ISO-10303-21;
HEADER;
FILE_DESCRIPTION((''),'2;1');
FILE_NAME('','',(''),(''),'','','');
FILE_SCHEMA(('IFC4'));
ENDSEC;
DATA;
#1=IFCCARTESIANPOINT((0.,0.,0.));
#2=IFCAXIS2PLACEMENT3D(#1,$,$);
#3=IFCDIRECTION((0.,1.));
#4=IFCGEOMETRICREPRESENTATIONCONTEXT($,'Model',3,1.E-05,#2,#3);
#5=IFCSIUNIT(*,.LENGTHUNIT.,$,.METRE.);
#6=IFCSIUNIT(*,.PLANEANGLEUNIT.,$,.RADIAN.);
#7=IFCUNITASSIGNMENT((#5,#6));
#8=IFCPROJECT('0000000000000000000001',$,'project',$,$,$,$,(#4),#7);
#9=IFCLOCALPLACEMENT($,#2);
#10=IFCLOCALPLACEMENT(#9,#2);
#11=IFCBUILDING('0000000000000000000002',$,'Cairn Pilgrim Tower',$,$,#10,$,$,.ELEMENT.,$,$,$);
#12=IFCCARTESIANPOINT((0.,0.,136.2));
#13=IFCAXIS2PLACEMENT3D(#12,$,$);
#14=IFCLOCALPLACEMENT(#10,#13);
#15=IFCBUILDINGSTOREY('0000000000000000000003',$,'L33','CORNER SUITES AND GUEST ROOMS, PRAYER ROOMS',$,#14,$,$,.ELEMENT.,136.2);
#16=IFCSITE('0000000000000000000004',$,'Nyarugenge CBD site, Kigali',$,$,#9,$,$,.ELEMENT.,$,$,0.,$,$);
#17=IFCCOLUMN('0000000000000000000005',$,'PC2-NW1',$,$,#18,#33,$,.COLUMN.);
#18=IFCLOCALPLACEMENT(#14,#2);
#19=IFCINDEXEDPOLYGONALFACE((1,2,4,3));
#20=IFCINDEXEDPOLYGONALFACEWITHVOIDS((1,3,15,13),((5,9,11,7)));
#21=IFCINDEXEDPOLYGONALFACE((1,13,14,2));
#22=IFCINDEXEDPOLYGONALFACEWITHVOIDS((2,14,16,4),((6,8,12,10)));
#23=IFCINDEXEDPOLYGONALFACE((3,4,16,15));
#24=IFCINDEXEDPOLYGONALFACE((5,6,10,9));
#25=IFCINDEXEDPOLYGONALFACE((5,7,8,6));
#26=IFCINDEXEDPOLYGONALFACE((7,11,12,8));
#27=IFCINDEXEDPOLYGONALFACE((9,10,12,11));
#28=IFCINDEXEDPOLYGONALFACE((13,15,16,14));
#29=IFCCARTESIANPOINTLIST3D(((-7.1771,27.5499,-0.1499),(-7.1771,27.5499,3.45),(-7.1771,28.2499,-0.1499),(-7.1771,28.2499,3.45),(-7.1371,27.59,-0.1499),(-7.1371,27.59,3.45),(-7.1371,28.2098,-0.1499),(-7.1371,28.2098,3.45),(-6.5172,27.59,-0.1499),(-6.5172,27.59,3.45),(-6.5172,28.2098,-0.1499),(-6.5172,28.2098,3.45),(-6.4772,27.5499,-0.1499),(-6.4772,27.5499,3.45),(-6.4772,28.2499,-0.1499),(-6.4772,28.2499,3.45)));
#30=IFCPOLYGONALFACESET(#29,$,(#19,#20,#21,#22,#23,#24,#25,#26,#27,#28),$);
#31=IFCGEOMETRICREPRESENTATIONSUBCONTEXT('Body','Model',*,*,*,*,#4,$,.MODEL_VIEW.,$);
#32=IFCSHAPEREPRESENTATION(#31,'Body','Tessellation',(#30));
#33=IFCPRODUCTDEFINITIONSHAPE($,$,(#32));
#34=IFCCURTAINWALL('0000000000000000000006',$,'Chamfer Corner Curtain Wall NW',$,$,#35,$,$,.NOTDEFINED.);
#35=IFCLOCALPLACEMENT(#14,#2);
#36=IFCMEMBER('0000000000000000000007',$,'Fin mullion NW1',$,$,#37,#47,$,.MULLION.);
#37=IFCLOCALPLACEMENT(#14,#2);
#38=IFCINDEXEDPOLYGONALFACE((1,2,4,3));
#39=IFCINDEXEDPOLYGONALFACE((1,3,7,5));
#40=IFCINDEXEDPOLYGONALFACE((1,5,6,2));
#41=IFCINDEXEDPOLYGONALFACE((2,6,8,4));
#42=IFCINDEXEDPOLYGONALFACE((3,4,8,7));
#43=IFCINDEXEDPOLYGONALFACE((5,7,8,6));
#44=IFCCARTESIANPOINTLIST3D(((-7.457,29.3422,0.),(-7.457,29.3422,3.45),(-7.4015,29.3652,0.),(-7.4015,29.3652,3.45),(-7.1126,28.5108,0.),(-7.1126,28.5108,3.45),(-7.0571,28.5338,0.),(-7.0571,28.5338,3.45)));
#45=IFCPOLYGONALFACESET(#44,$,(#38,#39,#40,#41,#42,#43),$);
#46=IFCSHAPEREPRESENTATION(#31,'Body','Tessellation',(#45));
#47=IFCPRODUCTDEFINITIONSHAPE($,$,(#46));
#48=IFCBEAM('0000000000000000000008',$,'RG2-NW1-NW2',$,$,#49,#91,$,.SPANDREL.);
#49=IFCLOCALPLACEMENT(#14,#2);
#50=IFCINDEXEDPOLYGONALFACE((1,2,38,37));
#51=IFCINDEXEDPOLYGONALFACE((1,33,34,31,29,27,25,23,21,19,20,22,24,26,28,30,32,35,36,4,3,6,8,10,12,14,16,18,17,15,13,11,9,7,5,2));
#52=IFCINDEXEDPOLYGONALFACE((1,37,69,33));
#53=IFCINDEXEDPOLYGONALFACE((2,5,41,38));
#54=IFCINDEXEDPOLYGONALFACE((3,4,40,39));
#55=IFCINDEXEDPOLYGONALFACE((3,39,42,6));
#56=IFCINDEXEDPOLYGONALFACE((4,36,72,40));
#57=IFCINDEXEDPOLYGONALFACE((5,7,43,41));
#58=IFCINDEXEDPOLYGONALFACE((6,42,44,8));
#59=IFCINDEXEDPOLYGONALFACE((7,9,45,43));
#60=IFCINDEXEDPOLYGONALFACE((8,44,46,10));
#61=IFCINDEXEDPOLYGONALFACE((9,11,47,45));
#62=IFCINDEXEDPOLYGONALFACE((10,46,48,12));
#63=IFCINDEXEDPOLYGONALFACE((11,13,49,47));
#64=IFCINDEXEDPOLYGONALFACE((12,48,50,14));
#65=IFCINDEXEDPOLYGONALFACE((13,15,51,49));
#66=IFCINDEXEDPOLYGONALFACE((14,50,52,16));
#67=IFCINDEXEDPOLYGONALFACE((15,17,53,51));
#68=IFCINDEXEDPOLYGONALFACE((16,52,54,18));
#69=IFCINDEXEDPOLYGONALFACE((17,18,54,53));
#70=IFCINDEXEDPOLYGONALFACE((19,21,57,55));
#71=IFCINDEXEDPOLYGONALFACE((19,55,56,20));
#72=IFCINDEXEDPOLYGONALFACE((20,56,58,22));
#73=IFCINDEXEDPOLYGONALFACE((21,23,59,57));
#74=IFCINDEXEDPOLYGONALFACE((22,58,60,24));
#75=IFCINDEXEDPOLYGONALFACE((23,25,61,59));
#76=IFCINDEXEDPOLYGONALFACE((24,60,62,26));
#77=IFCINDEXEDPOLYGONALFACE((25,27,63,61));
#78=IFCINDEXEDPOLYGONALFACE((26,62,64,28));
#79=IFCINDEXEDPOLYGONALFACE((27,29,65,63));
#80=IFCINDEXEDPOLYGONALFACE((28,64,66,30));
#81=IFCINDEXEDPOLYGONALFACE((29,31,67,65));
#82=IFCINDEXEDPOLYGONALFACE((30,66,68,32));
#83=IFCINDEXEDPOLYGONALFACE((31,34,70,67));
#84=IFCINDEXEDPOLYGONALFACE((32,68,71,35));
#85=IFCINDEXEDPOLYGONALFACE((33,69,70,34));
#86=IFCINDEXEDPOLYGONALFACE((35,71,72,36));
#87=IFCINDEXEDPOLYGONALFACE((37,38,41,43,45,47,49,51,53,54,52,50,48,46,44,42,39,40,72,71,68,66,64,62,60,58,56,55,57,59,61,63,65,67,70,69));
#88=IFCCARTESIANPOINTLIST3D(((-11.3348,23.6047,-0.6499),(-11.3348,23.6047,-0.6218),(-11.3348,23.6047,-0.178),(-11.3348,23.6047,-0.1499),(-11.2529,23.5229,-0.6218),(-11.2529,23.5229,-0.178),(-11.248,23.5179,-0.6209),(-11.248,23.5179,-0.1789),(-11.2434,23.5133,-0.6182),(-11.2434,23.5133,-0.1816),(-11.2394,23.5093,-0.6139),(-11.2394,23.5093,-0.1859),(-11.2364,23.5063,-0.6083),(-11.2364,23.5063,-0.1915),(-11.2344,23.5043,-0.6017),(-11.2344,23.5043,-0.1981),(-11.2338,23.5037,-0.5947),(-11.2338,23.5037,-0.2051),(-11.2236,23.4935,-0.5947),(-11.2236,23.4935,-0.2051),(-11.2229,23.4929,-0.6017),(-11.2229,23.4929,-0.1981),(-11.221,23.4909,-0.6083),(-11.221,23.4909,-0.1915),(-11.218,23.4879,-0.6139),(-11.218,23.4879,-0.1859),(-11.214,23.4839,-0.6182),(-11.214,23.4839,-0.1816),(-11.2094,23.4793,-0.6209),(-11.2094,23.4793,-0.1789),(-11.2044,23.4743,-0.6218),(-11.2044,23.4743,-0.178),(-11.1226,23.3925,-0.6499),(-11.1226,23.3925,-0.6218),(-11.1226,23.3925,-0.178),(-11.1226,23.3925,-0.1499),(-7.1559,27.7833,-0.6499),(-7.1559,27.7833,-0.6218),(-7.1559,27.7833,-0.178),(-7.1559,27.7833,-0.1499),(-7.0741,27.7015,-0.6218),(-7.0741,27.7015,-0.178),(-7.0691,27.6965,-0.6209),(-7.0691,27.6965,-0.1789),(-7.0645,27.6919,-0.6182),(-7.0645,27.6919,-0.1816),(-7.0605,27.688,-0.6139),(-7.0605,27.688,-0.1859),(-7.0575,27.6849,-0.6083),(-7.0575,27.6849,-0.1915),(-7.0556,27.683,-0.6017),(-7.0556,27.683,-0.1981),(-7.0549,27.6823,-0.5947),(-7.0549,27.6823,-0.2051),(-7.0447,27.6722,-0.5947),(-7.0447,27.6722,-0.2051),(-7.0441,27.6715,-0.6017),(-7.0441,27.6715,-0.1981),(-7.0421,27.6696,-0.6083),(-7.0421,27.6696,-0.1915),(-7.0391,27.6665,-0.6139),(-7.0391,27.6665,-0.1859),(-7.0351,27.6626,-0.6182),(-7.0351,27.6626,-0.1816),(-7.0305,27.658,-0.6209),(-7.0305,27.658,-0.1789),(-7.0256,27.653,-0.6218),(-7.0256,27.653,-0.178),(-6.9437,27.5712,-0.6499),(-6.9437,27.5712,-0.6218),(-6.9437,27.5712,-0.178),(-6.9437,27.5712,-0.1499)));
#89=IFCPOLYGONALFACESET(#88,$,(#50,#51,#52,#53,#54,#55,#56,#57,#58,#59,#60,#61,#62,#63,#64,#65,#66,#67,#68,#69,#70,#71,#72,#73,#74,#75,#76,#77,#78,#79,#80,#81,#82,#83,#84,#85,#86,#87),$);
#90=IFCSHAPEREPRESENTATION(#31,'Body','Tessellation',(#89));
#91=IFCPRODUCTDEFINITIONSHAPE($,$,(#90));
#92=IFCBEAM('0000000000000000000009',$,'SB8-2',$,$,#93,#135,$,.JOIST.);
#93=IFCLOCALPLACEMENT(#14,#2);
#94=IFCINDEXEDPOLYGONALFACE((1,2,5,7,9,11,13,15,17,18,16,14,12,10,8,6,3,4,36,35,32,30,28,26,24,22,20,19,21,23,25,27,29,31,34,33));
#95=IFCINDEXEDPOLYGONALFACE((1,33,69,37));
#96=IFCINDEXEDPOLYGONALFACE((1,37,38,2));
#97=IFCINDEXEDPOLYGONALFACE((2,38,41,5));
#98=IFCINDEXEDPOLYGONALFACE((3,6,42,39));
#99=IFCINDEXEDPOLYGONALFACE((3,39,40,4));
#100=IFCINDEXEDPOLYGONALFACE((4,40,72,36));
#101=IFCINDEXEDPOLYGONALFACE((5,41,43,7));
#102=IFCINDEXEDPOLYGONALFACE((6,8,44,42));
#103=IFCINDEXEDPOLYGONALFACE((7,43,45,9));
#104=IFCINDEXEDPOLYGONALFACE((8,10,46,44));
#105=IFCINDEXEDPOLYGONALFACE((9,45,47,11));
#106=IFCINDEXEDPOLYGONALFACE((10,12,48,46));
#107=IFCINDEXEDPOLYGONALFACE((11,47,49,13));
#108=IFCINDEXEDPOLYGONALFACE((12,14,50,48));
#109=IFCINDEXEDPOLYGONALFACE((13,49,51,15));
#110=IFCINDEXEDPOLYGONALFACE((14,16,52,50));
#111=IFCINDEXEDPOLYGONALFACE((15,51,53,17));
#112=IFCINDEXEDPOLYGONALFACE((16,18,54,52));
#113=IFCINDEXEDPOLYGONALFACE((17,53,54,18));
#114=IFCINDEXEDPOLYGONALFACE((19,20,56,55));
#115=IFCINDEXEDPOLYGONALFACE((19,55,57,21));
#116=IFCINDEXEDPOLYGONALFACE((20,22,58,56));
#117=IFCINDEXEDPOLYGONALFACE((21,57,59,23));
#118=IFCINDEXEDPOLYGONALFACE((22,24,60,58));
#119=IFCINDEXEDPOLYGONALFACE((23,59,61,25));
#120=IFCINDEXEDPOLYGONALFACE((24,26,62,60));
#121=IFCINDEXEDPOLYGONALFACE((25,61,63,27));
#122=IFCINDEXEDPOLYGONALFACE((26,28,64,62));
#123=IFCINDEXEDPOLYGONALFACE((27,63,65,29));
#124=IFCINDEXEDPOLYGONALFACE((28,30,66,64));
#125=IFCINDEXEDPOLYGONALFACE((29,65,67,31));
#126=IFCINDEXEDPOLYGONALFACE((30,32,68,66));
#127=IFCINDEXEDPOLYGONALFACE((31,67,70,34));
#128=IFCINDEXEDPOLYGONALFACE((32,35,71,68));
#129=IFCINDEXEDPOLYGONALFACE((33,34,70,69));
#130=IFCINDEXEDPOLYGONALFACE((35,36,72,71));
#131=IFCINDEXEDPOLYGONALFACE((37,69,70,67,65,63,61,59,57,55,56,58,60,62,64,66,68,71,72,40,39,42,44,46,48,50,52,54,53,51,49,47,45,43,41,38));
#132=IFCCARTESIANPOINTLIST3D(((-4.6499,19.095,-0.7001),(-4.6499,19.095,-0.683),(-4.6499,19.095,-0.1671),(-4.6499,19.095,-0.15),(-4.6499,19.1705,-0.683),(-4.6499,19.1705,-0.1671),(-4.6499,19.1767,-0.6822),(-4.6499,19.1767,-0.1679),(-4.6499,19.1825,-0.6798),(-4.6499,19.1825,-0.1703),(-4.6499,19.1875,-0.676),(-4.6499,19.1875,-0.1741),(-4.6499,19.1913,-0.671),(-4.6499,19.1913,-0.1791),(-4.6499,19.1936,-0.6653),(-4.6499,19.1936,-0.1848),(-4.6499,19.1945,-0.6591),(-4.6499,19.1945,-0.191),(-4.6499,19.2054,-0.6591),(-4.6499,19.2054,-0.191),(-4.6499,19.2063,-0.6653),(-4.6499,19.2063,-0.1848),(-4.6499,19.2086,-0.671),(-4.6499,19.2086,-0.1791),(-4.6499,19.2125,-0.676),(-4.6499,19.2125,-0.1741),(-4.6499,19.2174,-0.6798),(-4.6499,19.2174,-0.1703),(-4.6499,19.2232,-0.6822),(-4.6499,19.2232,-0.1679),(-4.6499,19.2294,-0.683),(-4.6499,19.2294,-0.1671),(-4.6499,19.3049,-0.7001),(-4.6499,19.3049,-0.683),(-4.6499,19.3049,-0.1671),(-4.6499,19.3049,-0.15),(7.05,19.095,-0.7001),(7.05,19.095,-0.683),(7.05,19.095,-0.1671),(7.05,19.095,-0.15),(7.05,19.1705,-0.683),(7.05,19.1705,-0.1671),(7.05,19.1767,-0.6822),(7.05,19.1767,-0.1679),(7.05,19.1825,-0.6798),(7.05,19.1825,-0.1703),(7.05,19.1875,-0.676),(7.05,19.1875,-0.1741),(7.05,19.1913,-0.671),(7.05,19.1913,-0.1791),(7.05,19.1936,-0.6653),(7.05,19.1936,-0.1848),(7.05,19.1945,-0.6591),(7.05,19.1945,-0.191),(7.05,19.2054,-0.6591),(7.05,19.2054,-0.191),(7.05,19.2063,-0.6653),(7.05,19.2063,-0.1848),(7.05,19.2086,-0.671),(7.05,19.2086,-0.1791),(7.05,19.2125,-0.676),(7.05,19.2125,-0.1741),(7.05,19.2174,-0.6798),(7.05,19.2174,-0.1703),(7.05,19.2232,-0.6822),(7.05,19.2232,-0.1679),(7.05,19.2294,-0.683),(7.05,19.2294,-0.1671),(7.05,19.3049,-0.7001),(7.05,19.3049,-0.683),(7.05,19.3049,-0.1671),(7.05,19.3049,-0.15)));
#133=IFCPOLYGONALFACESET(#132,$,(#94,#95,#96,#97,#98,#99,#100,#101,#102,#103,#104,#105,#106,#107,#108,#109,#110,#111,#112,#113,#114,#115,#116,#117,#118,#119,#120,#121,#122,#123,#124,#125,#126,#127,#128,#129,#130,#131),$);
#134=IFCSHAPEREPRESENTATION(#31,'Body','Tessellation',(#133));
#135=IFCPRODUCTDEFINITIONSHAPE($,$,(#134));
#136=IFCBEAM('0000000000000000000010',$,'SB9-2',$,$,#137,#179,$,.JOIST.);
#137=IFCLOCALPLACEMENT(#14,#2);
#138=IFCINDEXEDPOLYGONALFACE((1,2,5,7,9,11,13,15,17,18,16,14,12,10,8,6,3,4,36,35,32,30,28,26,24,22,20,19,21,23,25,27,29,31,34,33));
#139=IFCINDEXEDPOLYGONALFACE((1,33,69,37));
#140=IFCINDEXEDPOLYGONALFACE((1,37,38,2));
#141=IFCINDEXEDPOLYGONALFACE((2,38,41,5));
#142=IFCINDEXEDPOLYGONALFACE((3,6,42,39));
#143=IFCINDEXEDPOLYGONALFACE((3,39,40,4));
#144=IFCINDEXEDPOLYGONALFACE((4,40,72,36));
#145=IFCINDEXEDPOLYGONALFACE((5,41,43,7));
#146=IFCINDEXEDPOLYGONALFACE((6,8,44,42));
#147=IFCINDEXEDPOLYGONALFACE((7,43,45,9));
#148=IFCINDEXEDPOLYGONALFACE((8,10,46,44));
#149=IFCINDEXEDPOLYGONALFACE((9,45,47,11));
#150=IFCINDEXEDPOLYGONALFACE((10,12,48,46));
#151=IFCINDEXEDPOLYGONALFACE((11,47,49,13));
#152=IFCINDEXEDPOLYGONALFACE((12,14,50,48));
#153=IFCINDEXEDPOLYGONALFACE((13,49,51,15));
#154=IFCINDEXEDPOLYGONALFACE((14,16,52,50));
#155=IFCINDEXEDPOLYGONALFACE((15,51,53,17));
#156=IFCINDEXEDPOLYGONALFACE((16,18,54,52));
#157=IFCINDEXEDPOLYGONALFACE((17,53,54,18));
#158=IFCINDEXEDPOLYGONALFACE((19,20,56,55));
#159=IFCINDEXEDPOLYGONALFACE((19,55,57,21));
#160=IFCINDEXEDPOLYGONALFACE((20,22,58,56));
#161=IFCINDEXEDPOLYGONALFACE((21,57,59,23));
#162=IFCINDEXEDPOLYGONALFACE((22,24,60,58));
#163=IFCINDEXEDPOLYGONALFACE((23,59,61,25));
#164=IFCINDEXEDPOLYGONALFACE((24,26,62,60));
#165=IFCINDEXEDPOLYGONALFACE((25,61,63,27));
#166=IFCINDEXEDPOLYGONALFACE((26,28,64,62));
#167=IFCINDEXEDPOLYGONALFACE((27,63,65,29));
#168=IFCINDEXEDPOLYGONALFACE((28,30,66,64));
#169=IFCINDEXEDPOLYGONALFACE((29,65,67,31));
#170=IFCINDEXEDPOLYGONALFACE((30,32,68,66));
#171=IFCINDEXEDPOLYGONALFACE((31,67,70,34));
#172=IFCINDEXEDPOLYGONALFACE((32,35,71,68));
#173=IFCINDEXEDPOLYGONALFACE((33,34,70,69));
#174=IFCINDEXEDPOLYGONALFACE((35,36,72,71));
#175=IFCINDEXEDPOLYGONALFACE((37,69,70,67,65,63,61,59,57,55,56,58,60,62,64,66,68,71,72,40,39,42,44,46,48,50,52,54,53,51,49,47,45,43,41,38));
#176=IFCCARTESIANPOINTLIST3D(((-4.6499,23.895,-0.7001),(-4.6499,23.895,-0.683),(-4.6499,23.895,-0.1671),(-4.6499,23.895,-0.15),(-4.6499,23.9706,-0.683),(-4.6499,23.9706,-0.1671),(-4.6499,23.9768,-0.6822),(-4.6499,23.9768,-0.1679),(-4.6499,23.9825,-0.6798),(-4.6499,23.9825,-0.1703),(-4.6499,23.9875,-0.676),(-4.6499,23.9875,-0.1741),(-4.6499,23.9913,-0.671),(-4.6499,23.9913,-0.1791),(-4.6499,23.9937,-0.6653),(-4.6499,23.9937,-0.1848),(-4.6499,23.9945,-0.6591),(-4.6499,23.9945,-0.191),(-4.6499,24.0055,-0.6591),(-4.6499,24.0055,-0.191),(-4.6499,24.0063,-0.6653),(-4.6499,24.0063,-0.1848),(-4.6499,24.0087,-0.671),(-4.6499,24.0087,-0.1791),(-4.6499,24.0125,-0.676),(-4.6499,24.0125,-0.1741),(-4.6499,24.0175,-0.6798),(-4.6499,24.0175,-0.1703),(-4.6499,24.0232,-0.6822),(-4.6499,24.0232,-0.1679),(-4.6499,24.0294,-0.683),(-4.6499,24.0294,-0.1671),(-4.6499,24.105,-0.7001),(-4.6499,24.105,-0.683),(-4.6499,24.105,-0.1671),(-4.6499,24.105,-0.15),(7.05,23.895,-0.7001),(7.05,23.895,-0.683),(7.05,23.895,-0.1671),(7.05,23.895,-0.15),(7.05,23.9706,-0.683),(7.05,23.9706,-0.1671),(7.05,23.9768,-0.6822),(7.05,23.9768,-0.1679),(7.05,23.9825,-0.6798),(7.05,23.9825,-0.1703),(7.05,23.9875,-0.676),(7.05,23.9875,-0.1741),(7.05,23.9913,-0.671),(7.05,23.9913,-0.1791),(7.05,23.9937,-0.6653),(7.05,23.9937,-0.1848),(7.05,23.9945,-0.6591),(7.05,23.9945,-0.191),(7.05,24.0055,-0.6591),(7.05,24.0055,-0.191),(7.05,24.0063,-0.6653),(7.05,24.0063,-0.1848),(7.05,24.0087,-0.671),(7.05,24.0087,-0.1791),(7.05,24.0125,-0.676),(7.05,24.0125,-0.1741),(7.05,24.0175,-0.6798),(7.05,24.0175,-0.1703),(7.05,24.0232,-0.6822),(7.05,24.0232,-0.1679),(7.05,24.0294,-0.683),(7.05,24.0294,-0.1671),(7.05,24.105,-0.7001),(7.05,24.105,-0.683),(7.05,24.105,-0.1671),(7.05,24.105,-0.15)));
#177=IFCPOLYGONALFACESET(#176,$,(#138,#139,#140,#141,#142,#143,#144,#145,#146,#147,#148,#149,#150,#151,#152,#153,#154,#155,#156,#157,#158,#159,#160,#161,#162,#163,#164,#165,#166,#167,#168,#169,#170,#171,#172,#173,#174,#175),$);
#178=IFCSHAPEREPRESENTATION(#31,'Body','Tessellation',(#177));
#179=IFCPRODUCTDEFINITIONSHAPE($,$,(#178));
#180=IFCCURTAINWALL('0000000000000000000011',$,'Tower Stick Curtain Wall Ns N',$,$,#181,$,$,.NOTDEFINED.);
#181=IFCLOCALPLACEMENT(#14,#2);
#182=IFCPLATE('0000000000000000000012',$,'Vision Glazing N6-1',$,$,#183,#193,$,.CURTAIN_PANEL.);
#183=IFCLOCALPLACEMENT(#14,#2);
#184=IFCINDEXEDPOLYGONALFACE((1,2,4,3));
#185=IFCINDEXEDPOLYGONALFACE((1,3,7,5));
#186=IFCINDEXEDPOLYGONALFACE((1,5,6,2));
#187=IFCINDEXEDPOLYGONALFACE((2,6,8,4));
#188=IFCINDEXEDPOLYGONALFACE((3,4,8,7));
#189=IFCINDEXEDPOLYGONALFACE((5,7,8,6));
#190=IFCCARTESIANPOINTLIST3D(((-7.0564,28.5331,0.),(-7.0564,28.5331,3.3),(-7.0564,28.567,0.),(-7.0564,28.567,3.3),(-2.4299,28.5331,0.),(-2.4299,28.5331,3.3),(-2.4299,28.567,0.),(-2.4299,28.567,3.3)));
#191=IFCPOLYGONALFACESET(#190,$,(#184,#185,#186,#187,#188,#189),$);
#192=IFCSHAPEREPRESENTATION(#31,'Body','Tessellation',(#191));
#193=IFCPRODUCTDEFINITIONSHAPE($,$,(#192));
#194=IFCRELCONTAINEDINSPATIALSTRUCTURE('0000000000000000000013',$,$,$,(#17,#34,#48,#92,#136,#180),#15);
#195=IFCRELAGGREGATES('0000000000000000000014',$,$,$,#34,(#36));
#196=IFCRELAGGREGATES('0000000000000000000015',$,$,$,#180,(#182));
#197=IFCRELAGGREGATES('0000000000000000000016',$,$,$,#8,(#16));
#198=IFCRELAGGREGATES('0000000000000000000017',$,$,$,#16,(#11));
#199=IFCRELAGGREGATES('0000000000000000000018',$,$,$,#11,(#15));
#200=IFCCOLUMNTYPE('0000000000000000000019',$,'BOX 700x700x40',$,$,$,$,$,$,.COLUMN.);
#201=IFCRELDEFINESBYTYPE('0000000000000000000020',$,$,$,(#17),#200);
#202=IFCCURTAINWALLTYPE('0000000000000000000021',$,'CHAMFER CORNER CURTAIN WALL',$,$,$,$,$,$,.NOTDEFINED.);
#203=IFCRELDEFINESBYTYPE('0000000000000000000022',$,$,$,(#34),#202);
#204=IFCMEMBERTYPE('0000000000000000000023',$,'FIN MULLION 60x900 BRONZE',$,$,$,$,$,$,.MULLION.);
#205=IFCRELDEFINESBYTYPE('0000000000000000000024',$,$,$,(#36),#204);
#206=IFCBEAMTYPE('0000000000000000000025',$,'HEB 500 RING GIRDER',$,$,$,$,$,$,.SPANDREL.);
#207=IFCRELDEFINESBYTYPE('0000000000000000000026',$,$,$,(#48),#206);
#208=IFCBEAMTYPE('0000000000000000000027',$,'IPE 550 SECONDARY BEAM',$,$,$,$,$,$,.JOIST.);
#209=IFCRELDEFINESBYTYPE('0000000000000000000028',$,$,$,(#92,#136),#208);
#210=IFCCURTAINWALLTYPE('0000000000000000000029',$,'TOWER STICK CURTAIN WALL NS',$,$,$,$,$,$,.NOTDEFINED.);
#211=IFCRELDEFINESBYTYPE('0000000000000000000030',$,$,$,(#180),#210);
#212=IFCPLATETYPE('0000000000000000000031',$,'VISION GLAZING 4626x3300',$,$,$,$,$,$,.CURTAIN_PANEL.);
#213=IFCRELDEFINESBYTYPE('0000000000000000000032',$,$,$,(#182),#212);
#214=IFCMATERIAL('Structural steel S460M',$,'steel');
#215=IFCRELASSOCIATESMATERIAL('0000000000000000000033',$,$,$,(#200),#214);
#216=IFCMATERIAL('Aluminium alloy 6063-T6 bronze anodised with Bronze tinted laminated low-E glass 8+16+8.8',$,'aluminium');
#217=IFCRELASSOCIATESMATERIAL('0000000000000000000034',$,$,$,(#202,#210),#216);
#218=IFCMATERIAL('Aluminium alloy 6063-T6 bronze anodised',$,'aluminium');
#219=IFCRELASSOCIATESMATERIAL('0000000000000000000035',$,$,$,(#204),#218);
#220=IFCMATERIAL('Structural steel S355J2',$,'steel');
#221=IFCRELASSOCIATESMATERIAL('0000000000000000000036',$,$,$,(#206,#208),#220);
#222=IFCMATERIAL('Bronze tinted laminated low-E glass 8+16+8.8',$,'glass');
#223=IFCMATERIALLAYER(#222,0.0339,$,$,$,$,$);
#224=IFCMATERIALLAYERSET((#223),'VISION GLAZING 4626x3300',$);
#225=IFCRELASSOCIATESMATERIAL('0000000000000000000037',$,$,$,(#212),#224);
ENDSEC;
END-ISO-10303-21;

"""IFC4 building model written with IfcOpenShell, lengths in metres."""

from ifc_helpers import new_model, si_unit, direction, frame, origin, origin_2d, place, context, subcontext, project, spatial, rectangle, hollow_rectangle, i_section, extrude, material, layer, layer_set, material_profile, profile_set, type_object, element, aggregate, save


model = new_model("IFC4")

# Units and contexts
model_context = context("Model", 3, precision=1e-05, world=origin(), true_north=direction((0.0, 1.0)))
body_context = subcontext(model_context, "Body", "Model", "MODEL_VIEW")
ifc_project = project(units=[si_unit("LENGTHUNIT", "METRE"), si_unit("PLANEANGLEUNIT", "RADIAN")], contexts=[model_context])

# Site, building, storey
site_placement = place(None, origin())
site = spatial("IfcSite", under=ifc_project, at=site_placement, Name="Nyarugenge CBD site, Kigali", CompositionType="ELEMENT", RefElevation=0.0)
building_placement = place(site_placement, origin())
building = spatial("IfcBuilding", under=site, at=building_placement, Name="Cairn Pilgrim Tower", CompositionType="ELEMENT")
storey_placement = place(building_placement, frame((0.0, 0.0, 136.2)))
storey = spatial("IfcBuildingStorey", under=building, at=storey_placement, Name="L33", Description="CORNER SUITES AND GUEST ROOMS, PRAYER ROOMS", CompositionType="ELEMENT", Elevation=136.2)

# Column
ifc_material_1 = material(Name="Structural steel S460M", Category="steel")
ifc_material_profile_1 = material_profile(ifc_material_1, hollow_rectangle(XDim=0.7, YDim=0.7, WallThickness=0.04, at=origin_2d()), Name="BOX 700x700x40")
ifc_profile_set_1 = profile_set([ifc_material_profile_1], Name="Structural steel S460M")
column_type = type_object("IfcColumnType", Name="BOX 700x700x40", PredefinedType="COLUMN", material=ifc_profile_set_1)
column_placement = place(storey_placement, frame((-6.8271, 27.8999, -0.1499), z_axis=(0.0, 0.0, 1.0), x_axis=(1.0, 0.0, 0.0)))
element("IfcColumn", 1, at=column_placement, inside=storey, type_object=column_type, Name="PC2-NW1", PredefinedType="COLUMN", context=body_context, shape_type="SweptSolid", body=[
    extrude(hollow_rectangle(XDim=0.7, YDim=0.7, WallThickness=0.04, at=origin_2d()), origin(), (0.0, 0.0, 1.0), 3.5999),
])

# Curtain wall, member
ifc_material_2 = material(Name="Aluminium alloy 6063-T6 bronze anodised with Bronze tinted laminated low-E glass 8+16+8.8", Category="aluminium")
curtain_wall_type_1 = type_object("IfcCurtainWallType", Name="CHAMFER CORNER CURTAIN WALL", PredefinedType="NOTDEFINED", material=ifc_material_2)
curtain_wall_1_placement = place(storey_placement, origin())
curtain_wall_1 = element("IfcCurtainWall", 2, at=curtain_wall_1_placement, inside=storey, type_object=curtain_wall_type_1, Name="Chamfer Corner Curtain Wall NW", PredefinedType="NOTDEFINED")
ifc_material_3 = material(Name="Aluminium alloy 6063-T6 bronze anodised", Category="aluminium")
ifc_material_profile_2 = material_profile(ifc_material_3, rectangle(XDim=0.8999, YDim=0.0601, at=origin_2d()), Name="FIN MULLION 60x900 BRONZE")
ifc_profile_set_2 = profile_set([ifc_material_profile_2], Name="Aluminium alloy 6063-T6 bronze anodised")
member_type = type_object("IfcMemberType", Name="FIN MULLION 60x900 BRONZE", PredefinedType="MULLION", material=ifc_profile_set_2)
member_placement = place(storey_placement, frame((-7.2571, 28.938, 0.0), z_axis=(0.0, 0.0, 1.0), x_axis=(-0.382683, 0.92388, 0.0)))
member = element("IfcMember", 3, at=member_placement, type_object=member_type, Name="Fin mullion NW1", PredefinedType="MULLION", context=body_context, shape_type="SweptSolid", body=[
    extrude(rectangle(XDim=0.8999, YDim=0.0601, at=origin_2d()), origin(), (0.0, 0.0, 1.0), 3.45),
])
aggregate(curtain_wall_1, [member])

# Beams
ifc_material_4 = material(Name="Structural steel S355J2", Category="steel")
ifc_material_profile_3 = material_profile(ifc_material_4, i_section(OverallWidth=0.3, OverallDepth=0.5, WebThickness=0.0144, FlangeThickness=0.0281, FilletRadius=0.0271, at=origin_2d()), Name="HEB 500")
ifc_profile_set_3 = profile_set([ifc_material_profile_3], Name="Structural steel S355J2")
beam_type_1 = type_object("IfcBeamType", Name="HEB 500 RING GIRDER", PredefinedType="SPANDREL", material=ifc_profile_set_3)
beam_placement = place(storey_placement, frame((-7.0498, 27.6772, -0.3999), z_axis=(-0.707127, -0.707086, 0.0), x_axis=(0.707086, -0.707127, 0.0)))
element("IfcBeam", 4, at=beam_placement, inside=storey, type_object=beam_type_1, Name="RG2-NW1-NW2", PredefinedType="SPANDREL", context=body_context, shape_type="SweptSolid", body=[
    extrude(i_section(OverallWidth=0.3, OverallDepth=0.5, WebThickness=0.0144, FlangeThickness=0.0281, FilletRadius=0.0271, at=origin_2d()), origin(), (0.0, 0.0, 1.0), 5.9097),
])
ifc_material_profile_4 = material_profile(ifc_material_4, i_section(OverallWidth=0.21, OverallDepth=0.55, WebThickness=0.011, FlangeThickness=0.0171, FilletRadius=0.0239, at=origin_2d()), Name="IPE 550")
ifc_profile_set_4 = profile_set([ifc_material_profile_4], Name="Structural steel S355J2")
beam_type_2 = type_object("IfcBeamType", Name="IPE 550 SECONDARY BEAM", PredefinedType="JOIST", material=ifc_profile_set_4)
for number, where, z_axis, x_axis, name in (
    (5, (-4.6499, 19.2, -0.425), (1.0, 0.0, 0.0), (0.0, 1.0, 0.0), "SB8-2"),
    (6, (-4.6499, 24.0, -0.425), (1.0, 0.0, 0.0), (0.0, 1.0, 0.0), "SB9-2"),
):
    element("IfcBeam", number, at=place(storey_placement, frame(where, z_axis=z_axis, x_axis=x_axis)), inside=storey, type_object=beam_type_2, Name=name, PredefinedType="JOIST", context=body_context, shape_type="SweptSolid", body=[
        extrude(i_section(OverallWidth=0.21, OverallDepth=0.55, WebThickness=0.011, FlangeThickness=0.0171, FilletRadius=0.0239, at=origin_2d()), origin(), (0.0, 0.0, 1.0), 11.7),
    ])

# Curtain wall, plate
curtain_wall_type_2 = type_object("IfcCurtainWallType", Name="TOWER STICK CURTAIN WALL NS", PredefinedType="NOTDEFINED", material=ifc_material_2)
curtain_wall_2_placement = place(storey_placement, origin())
curtain_wall_2 = element("IfcCurtainWall", 7, at=curtain_wall_2_placement, inside=storey, type_object=curtain_wall_type_2, Name="Tower Stick Curtain Wall Ns N", PredefinedType="NOTDEFINED")
ifc_material_5 = material(Name="Bronze tinted laminated low-E glass 8+16+8.8", Category="glass")
ifc_layer_1 = layer(ifc_material_5, 0.0339)
ifc_layer_set_1 = layer_set([ifc_layer_1], Name="VISION GLAZING 4626x3300")
plate_type = type_object("IfcPlateType", Name="VISION GLAZING 4626x3300", PredefinedType="CURTAIN_PANEL", material=ifc_layer_set_1)
plate_placement = place(storey_placement, frame((-4.7432, 28.55, 0.0), z_axis=(0.0, 0.0, 1.0), x_axis=(-1.0, 0.0, 0.0)))
plate = element("IfcPlate", 8, at=plate_placement, type_object=plate_type, Name="Vision Glazing N6-1", PredefinedType="CURTAIN_PANEL", context=body_context, shape_type="SweptSolid", body=[
    extrude(rectangle(XDim=4.6265, YDim=0.0339, at=origin_2d()), origin(), (0.0, 0.0, 1.0), 3.3),
])
aggregate(curtain_wall_2, [plate])

save(model, "model.ifc")
